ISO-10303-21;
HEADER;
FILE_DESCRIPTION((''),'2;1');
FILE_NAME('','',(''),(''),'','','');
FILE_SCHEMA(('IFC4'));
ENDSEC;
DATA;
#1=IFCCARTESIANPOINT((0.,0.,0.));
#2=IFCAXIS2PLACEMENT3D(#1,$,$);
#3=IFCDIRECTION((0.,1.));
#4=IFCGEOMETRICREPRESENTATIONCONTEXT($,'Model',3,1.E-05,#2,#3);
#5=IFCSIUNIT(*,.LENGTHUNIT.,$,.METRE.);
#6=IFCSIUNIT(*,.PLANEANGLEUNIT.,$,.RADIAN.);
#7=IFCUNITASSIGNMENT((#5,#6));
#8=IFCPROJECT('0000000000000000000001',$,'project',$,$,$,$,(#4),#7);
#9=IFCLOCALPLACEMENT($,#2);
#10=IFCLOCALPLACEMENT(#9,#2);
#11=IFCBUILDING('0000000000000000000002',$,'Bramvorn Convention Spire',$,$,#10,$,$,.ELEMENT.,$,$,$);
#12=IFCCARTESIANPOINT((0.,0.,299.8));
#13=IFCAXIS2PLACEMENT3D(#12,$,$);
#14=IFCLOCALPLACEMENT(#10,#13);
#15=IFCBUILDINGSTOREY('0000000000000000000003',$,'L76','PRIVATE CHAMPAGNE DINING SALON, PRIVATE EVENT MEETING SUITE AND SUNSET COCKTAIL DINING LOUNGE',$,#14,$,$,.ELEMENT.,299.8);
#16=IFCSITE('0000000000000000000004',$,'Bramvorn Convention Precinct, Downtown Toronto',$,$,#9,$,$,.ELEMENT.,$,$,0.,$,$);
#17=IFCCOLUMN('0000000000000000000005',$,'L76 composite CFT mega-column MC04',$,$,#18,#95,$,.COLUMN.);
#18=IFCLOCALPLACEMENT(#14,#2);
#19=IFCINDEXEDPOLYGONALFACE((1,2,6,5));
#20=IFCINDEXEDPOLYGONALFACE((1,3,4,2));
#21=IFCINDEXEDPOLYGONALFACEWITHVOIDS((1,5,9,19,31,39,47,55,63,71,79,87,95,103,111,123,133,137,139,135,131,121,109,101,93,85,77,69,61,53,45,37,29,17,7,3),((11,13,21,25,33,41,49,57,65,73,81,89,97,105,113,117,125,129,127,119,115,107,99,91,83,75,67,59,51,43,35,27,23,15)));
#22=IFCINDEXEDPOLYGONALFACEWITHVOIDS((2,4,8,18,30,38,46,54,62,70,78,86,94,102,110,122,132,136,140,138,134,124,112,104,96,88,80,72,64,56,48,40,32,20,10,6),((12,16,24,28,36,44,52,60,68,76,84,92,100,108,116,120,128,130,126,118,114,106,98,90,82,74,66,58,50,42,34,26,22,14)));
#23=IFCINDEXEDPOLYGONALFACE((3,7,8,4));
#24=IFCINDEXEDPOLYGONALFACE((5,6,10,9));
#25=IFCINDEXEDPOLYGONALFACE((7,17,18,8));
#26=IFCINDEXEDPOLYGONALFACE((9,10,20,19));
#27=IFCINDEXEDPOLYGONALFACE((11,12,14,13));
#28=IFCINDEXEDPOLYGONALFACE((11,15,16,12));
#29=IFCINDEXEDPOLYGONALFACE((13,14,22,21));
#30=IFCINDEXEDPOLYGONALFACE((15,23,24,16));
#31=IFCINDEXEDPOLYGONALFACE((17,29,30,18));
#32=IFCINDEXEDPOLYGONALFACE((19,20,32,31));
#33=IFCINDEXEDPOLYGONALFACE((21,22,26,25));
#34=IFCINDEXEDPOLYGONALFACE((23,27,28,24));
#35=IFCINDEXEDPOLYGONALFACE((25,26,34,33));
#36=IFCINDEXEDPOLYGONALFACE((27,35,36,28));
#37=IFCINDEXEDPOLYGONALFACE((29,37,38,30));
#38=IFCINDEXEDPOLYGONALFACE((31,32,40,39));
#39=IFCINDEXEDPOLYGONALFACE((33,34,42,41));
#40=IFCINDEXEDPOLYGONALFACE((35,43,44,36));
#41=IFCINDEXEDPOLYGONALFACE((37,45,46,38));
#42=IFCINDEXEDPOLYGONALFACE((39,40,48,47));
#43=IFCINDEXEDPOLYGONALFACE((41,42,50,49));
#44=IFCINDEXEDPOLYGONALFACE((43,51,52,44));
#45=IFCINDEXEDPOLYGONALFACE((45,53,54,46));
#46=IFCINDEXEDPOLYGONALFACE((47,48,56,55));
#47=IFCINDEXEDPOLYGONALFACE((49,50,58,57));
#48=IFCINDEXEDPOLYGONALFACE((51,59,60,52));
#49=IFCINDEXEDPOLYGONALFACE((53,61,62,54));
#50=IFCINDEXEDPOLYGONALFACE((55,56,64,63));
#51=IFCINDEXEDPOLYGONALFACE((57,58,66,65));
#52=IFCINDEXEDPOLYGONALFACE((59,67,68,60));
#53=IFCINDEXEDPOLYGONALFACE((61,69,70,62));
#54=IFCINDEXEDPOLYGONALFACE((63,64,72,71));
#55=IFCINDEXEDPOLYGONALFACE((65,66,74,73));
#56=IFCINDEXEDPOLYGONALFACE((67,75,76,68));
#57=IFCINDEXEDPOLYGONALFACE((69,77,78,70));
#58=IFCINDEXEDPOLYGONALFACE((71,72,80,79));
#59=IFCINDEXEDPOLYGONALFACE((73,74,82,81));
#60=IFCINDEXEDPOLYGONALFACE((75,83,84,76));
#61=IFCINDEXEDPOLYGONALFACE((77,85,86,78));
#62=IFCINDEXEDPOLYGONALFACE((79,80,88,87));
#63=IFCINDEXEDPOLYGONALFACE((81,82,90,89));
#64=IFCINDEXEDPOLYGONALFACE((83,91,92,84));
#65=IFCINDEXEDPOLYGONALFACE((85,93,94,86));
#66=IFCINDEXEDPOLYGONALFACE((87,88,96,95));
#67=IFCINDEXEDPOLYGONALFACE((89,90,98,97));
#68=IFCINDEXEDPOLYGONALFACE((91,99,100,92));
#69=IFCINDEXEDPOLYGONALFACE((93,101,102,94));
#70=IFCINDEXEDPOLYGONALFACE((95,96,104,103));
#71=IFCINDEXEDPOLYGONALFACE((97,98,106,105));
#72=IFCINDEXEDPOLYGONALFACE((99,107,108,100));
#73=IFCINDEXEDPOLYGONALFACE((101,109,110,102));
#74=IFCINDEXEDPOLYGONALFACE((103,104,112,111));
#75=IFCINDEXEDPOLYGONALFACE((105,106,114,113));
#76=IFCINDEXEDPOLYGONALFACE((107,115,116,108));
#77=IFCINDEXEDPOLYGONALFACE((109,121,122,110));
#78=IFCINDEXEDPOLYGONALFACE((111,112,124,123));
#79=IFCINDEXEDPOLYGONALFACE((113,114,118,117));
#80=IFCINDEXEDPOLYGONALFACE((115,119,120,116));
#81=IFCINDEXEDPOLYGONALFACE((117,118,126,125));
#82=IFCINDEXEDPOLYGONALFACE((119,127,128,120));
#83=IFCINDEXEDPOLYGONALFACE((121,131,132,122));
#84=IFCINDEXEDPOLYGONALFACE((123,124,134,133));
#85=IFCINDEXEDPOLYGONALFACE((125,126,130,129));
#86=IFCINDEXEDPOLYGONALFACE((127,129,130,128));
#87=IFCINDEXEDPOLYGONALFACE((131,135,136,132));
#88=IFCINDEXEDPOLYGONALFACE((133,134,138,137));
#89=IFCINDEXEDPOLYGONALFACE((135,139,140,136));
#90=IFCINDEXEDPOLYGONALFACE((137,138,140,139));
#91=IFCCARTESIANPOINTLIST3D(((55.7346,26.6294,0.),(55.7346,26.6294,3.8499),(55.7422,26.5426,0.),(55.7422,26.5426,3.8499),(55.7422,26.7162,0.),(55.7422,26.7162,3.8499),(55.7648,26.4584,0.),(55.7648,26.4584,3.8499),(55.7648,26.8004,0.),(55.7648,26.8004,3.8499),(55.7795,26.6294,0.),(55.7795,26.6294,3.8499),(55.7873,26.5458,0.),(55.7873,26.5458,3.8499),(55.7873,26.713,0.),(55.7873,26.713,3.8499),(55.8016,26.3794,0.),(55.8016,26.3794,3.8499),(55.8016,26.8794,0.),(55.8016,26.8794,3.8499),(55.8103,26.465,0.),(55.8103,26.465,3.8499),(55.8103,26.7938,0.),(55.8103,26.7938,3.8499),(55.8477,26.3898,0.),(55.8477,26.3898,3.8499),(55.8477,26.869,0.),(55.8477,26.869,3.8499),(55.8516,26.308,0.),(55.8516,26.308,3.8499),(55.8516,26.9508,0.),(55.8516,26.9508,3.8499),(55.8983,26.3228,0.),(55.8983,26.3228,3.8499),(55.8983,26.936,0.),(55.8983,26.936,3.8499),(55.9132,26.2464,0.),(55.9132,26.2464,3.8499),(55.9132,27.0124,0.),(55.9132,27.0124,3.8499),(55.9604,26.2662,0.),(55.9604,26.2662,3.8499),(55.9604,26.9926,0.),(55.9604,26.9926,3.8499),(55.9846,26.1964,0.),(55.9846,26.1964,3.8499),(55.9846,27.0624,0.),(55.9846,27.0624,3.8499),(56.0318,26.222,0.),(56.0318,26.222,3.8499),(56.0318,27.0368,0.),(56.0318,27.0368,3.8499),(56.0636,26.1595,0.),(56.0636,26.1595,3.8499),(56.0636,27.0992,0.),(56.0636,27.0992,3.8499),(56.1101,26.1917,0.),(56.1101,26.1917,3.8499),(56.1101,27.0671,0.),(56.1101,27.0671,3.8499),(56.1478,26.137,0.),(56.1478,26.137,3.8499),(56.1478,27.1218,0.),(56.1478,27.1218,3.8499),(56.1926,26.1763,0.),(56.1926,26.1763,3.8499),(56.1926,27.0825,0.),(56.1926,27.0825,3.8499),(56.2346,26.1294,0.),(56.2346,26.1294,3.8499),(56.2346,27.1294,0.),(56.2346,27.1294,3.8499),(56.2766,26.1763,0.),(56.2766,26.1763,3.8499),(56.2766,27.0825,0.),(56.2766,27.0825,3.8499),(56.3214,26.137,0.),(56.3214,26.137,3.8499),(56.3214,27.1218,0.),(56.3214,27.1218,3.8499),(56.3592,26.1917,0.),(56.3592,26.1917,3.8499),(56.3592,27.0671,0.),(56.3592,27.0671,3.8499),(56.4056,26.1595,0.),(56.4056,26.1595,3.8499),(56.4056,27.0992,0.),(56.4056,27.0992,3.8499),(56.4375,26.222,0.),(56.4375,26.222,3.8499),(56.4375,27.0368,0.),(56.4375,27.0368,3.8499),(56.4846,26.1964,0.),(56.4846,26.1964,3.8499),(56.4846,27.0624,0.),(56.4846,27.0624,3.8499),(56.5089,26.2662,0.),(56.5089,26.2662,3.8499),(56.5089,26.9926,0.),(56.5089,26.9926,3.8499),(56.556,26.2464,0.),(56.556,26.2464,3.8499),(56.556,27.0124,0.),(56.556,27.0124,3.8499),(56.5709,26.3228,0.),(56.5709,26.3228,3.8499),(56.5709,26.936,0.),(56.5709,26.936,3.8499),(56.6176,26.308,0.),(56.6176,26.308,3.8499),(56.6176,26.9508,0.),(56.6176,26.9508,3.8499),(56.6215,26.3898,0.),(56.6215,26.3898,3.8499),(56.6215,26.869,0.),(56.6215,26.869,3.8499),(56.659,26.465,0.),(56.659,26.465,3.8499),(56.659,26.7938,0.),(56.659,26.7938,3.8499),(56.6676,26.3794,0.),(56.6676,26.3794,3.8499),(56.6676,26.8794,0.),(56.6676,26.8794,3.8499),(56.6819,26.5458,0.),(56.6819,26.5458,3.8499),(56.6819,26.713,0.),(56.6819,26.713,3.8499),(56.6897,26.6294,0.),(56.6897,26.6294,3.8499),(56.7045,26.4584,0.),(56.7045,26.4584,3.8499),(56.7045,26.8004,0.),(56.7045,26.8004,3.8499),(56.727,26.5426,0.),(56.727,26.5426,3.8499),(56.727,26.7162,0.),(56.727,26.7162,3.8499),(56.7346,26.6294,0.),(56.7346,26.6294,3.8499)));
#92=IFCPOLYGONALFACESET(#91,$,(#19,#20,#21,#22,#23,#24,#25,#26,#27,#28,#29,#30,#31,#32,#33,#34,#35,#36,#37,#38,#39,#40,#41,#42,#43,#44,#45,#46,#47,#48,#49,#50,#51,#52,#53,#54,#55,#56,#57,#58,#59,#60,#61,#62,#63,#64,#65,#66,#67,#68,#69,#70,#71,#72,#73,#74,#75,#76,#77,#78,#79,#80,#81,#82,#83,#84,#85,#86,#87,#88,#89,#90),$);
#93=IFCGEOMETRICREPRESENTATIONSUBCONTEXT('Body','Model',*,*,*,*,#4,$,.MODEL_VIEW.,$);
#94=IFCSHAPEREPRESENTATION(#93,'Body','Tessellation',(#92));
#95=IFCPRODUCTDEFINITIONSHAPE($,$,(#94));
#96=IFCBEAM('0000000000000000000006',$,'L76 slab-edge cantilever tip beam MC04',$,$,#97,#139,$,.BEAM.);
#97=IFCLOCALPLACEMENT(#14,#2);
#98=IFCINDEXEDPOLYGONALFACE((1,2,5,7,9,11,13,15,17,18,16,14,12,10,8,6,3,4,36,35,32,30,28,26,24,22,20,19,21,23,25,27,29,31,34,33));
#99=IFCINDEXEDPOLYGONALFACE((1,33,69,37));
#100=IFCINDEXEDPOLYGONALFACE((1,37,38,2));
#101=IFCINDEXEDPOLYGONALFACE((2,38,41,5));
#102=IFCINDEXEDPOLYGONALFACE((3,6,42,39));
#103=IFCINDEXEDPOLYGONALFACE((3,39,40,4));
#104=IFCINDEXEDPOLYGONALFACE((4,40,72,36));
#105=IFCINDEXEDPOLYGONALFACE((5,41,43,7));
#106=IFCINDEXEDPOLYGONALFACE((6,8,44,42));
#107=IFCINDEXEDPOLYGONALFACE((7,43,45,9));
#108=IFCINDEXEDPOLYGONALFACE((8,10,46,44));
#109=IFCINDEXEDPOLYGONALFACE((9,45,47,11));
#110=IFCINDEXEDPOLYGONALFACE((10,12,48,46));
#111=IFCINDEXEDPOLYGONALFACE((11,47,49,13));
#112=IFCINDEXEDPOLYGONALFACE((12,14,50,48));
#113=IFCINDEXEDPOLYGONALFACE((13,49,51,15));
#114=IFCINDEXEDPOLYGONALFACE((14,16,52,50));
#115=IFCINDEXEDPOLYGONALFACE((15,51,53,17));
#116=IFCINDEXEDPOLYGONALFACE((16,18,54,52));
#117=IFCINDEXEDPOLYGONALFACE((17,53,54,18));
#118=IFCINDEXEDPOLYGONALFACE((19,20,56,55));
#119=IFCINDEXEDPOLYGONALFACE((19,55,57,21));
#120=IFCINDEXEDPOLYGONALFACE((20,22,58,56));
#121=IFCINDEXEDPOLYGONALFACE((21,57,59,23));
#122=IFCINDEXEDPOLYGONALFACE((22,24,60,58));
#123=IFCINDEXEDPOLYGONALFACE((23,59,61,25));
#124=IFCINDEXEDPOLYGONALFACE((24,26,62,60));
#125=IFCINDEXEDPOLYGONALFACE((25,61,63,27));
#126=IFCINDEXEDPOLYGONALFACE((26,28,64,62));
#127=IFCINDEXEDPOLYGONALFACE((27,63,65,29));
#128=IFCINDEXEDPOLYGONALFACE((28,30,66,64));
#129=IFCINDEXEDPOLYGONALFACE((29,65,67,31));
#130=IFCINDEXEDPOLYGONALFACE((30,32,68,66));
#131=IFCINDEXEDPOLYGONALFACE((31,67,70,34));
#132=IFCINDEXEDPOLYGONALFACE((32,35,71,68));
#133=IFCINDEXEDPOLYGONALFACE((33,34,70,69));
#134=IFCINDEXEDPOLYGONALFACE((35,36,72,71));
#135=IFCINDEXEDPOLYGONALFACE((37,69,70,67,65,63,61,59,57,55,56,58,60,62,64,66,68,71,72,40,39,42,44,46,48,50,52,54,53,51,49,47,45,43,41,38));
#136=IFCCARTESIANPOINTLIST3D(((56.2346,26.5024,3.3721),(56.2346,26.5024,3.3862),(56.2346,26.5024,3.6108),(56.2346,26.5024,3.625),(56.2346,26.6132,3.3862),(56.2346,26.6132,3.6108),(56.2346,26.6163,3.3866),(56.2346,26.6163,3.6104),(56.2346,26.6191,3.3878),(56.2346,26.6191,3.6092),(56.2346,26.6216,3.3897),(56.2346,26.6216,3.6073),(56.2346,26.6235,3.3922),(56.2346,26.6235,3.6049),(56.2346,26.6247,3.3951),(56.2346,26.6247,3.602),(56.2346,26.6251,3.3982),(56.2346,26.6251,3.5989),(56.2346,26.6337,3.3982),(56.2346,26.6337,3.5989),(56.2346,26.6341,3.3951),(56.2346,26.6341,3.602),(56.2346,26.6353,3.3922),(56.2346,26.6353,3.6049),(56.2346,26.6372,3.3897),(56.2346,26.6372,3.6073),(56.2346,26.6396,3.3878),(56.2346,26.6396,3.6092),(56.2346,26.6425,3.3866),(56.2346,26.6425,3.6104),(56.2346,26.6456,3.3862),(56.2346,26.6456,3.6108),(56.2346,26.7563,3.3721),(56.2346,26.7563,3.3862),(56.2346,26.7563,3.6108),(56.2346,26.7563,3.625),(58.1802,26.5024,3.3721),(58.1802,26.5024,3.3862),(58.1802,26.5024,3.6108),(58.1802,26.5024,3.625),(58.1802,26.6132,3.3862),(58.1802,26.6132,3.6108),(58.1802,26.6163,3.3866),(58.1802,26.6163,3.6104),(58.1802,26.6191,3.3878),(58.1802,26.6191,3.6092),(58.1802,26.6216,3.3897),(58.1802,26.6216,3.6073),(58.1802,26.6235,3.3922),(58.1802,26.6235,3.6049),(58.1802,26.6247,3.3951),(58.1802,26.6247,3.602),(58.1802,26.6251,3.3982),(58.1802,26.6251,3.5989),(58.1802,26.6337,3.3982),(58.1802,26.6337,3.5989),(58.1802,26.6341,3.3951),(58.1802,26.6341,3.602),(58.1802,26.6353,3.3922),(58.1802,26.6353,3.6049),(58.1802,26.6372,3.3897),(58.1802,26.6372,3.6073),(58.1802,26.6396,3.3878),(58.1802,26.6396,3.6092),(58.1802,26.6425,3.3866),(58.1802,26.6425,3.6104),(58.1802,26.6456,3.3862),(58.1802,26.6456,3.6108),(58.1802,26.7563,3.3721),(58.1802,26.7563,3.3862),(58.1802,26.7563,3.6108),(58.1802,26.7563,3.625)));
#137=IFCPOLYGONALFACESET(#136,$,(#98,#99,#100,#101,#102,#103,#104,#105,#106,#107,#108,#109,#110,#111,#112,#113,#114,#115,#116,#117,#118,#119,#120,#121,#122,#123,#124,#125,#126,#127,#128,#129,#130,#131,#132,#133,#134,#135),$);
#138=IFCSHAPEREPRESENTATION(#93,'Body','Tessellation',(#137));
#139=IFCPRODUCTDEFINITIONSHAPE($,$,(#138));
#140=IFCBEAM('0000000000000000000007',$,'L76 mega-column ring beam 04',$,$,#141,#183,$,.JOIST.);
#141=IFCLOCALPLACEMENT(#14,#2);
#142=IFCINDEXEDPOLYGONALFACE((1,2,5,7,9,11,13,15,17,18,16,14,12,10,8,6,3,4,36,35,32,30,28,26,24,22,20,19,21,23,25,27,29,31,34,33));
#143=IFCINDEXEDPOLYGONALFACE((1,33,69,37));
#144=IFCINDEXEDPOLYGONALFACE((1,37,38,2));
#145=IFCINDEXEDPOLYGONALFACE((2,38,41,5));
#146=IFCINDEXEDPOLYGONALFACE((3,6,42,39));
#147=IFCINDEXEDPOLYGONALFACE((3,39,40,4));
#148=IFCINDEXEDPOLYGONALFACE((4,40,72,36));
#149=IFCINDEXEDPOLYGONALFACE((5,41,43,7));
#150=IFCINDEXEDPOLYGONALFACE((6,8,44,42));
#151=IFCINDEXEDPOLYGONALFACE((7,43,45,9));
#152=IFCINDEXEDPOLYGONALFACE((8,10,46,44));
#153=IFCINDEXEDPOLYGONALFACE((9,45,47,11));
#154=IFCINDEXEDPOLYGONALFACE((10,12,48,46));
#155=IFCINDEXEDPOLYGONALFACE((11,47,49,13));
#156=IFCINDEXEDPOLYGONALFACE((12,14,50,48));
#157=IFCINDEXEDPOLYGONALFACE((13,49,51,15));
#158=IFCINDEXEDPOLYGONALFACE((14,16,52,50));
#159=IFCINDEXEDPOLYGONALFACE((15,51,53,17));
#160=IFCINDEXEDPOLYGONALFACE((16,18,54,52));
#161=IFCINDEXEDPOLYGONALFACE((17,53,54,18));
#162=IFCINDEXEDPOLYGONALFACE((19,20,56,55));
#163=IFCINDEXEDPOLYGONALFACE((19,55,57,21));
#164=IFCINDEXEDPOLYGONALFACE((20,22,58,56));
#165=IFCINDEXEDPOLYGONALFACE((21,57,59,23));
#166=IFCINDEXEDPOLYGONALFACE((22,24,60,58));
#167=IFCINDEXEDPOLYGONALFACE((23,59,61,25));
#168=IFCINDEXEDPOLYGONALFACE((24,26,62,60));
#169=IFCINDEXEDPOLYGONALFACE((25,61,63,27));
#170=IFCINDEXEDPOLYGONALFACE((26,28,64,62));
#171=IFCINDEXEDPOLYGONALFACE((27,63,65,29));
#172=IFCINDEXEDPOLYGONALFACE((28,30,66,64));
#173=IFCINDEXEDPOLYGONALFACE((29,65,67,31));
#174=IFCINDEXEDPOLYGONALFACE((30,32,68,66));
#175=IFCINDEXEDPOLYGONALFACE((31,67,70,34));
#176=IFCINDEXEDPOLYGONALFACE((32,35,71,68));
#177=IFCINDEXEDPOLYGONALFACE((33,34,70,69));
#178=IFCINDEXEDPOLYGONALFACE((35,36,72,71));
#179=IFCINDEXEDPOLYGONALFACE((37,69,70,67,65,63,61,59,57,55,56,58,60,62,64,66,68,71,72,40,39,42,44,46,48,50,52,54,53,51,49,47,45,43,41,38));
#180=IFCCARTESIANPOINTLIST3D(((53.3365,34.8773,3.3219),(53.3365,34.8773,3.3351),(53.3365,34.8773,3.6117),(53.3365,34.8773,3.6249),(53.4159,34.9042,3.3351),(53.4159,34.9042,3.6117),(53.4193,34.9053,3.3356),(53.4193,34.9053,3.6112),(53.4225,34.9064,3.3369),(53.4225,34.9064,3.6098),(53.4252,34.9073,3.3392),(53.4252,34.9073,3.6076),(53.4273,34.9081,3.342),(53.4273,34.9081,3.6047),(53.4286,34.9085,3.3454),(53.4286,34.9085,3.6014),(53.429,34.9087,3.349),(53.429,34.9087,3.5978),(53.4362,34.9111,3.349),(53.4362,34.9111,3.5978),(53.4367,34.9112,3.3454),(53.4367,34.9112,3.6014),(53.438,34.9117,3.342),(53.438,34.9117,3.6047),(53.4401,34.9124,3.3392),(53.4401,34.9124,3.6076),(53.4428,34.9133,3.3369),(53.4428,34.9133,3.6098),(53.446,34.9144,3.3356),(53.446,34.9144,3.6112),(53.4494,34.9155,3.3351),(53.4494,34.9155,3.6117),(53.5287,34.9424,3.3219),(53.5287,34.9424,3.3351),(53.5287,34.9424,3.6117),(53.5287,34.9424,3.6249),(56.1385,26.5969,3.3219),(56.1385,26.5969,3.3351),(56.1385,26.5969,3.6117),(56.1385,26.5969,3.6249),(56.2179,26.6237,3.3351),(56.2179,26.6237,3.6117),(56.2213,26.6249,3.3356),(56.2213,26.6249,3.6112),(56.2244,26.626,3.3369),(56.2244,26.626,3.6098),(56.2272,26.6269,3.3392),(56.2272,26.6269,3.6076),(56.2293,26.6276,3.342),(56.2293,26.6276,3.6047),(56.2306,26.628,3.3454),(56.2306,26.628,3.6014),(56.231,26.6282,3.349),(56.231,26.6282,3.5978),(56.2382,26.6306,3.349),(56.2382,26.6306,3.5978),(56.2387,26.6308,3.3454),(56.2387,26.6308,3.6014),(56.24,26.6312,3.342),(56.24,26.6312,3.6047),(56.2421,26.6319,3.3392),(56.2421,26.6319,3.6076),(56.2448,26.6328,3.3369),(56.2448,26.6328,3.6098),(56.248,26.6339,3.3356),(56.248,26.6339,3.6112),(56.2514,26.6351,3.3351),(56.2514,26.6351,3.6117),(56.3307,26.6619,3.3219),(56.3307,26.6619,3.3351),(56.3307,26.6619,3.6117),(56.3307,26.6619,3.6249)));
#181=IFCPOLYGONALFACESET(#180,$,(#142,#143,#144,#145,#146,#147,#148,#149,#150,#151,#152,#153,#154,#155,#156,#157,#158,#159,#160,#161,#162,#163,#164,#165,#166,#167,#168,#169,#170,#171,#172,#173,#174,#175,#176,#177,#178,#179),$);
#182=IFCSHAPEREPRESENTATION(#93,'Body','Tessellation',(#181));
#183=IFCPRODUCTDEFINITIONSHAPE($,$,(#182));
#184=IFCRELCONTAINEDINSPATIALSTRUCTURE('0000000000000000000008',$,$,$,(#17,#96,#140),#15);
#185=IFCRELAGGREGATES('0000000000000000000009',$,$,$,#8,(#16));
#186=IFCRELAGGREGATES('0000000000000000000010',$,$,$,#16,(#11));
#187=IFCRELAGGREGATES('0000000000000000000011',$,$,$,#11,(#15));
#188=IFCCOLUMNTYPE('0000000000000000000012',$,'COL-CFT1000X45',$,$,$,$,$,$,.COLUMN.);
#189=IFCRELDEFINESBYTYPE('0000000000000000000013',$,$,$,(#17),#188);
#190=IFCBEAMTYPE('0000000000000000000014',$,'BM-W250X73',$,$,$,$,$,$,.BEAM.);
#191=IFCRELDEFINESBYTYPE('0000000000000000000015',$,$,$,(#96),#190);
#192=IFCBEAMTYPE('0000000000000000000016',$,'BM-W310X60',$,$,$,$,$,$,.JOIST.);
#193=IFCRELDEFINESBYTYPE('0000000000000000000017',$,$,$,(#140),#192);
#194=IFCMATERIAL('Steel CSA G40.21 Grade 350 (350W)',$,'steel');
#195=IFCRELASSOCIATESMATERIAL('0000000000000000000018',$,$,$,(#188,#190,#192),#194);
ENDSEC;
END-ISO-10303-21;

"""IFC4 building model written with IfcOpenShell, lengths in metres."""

from ifc_helpers import new_model, si_unit, direction, frame, origin, origin_2d, place, context, subcontext, project, spatial, hollow_circle, i_section, extrude, material, material_profile, profile_set, type_object, element, save


model = new_model("IFC4")

# Units and contexts
model_context = context("Model", 3, precision=1e-05, world=origin(), true_north=direction((0.0, 1.0)))
body_context = subcontext(model_context, "Body", "Model", "MODEL_VIEW")
ifc_project = project(units=[si_unit("LENGTHUNIT", "METRE"), si_unit("PLANEANGLEUNIT", "RADIAN")], contexts=[model_context])

# Site, building, storey
site_placement = place(None, origin())
site = spatial("IfcSite", under=ifc_project, at=site_placement, Name="Bramvorn Convention Precinct, Downtown Toronto", CompositionType="ELEMENT", RefElevation=0.0)
building_placement = place(site_placement, origin())
building = spatial("IfcBuilding", under=site, at=building_placement, Name="Bramvorn Convention Spire", CompositionType="ELEMENT")
storey_placement = place(building_placement, frame((0.0, 0.0, 299.8)))
storey = spatial("IfcBuildingStorey", under=building, at=storey_placement, Name="L76", Description="PRIVATE CHAMPAGNE DINING SALON, PRIVATE EVENT MEETING SUITE AND SUNSET COCKTAIL DINING LOUNGE", CompositionType="ELEMENT", Elevation=299.8)

# Column
ifc_material_1 = material(Name="Steel CSA G40.21 Grade 350 (350W)", Category="steel")
ifc_material_profile_1 = material_profile(ifc_material_1, hollow_circle(Radius=0.5, WallThickness=0.0449, at=origin_2d()))
ifc_profile_set_1 = profile_set([ifc_material_profile_1], Name="Steel CSA G40.21 Grade 350 (350W) - CFT1000X45")
column_type = type_object("IfcColumnType", Name="COL-CFT1000X45", PredefinedType="COLUMN", material=ifc_profile_set_1)
column_placement = place(storey_placement, frame((56.2346, 26.6294, 0.0), z_axis=(0.0, 0.0, 1.0), x_axis=(1.0, 0.0, 0.0)))
element("IfcColumn", 1, at=column_placement, inside=storey, type_object=column_type, Name="L76 composite CFT mega-column MC04", PredefinedType="COLUMN", context=body_context, shape_type="SweptSolid", body=[
    extrude(hollow_circle(Radius=0.5, WallThickness=0.0449, at=origin_2d()), origin(), (0.0, 0.0, 1.0), 3.8499),
])

# Beams
ifc_material_profile_2 = material_profile(ifc_material_1, i_section(OverallWidth=0.2539, OverallDepth=0.2529, WebThickness=0.0085, FlangeThickness=0.0142, FilletRadius=0.012, at=origin_2d()))
ifc_profile_set_2 = profile_set([ifc_material_profile_2], Name="Steel CSA G40.21 Grade 350 (350W) - W250X73")
beam_type_1 = type_object("IfcBeamType", Name="BM-W250X73", PredefinedType="BEAM", material=ifc_profile_set_2)
beam_1_placement = place(storey_placement, frame((56.2346, 26.6294, 3.4985), z_axis=(1.0, 0.0, 0.0), x_axis=(0.0, 1.0, 0.0)))
element("IfcBeam", 2, at=beam_1_placement, inside=storey, type_object=beam_type_1, Name="L76 slab-edge cantilever tip beam MC04", PredefinedType="BEAM", context=body_context, shape_type="SweptSolid", body=[
    extrude(i_section(OverallWidth=0.2539, OverallDepth=0.2529, WebThickness=0.0085, FlangeThickness=0.0142, FilletRadius=0.012, at=origin_2d()), origin(), (0.0, 0.0, 1.0), 1.9456),
])
ifc_material_profile_3 = material_profile(ifc_material_1, i_section(OverallWidth=0.2029, OverallDepth=0.303, WebThickness=0.0076, FlangeThickness=0.0132, FilletRadius=0.0139, at=origin_2d()))
ifc_profile_set_3 = profile_set([ifc_material_profile_3], Name="Steel CSA G40.21 Grade 350 (350W) - W310X60")
beam_type_2 = type_object("IfcBeamType", Name="BM-W310X60", PredefinedType="JOIST", material=ifc_profile_set_3)
beam_2_placement = place(storey_placement, frame((56.2346, 26.6294, 3.4734), z_axis=(-0.320531, 0.947238, 0.0), x_axis=(-0.947238, -0.320531, 0.0)))
element("IfcBeam", 3, at=beam_2_placement, inside=storey, type_object=beam_type_2, Name="L76 mega-column ring beam 04", PredefinedType="JOIST", context=body_context, shape_type="SweptSolid", body=[
    extrude(i_section(OverallWidth=0.2029, OverallDepth=0.303, WebThickness=0.0076, FlangeThickness=0.0132, FilletRadius=0.0139, at=origin_2d()), origin(), (0.0, 0.0, 1.0), 8.7417),
])

save(model, "model.ifc")
